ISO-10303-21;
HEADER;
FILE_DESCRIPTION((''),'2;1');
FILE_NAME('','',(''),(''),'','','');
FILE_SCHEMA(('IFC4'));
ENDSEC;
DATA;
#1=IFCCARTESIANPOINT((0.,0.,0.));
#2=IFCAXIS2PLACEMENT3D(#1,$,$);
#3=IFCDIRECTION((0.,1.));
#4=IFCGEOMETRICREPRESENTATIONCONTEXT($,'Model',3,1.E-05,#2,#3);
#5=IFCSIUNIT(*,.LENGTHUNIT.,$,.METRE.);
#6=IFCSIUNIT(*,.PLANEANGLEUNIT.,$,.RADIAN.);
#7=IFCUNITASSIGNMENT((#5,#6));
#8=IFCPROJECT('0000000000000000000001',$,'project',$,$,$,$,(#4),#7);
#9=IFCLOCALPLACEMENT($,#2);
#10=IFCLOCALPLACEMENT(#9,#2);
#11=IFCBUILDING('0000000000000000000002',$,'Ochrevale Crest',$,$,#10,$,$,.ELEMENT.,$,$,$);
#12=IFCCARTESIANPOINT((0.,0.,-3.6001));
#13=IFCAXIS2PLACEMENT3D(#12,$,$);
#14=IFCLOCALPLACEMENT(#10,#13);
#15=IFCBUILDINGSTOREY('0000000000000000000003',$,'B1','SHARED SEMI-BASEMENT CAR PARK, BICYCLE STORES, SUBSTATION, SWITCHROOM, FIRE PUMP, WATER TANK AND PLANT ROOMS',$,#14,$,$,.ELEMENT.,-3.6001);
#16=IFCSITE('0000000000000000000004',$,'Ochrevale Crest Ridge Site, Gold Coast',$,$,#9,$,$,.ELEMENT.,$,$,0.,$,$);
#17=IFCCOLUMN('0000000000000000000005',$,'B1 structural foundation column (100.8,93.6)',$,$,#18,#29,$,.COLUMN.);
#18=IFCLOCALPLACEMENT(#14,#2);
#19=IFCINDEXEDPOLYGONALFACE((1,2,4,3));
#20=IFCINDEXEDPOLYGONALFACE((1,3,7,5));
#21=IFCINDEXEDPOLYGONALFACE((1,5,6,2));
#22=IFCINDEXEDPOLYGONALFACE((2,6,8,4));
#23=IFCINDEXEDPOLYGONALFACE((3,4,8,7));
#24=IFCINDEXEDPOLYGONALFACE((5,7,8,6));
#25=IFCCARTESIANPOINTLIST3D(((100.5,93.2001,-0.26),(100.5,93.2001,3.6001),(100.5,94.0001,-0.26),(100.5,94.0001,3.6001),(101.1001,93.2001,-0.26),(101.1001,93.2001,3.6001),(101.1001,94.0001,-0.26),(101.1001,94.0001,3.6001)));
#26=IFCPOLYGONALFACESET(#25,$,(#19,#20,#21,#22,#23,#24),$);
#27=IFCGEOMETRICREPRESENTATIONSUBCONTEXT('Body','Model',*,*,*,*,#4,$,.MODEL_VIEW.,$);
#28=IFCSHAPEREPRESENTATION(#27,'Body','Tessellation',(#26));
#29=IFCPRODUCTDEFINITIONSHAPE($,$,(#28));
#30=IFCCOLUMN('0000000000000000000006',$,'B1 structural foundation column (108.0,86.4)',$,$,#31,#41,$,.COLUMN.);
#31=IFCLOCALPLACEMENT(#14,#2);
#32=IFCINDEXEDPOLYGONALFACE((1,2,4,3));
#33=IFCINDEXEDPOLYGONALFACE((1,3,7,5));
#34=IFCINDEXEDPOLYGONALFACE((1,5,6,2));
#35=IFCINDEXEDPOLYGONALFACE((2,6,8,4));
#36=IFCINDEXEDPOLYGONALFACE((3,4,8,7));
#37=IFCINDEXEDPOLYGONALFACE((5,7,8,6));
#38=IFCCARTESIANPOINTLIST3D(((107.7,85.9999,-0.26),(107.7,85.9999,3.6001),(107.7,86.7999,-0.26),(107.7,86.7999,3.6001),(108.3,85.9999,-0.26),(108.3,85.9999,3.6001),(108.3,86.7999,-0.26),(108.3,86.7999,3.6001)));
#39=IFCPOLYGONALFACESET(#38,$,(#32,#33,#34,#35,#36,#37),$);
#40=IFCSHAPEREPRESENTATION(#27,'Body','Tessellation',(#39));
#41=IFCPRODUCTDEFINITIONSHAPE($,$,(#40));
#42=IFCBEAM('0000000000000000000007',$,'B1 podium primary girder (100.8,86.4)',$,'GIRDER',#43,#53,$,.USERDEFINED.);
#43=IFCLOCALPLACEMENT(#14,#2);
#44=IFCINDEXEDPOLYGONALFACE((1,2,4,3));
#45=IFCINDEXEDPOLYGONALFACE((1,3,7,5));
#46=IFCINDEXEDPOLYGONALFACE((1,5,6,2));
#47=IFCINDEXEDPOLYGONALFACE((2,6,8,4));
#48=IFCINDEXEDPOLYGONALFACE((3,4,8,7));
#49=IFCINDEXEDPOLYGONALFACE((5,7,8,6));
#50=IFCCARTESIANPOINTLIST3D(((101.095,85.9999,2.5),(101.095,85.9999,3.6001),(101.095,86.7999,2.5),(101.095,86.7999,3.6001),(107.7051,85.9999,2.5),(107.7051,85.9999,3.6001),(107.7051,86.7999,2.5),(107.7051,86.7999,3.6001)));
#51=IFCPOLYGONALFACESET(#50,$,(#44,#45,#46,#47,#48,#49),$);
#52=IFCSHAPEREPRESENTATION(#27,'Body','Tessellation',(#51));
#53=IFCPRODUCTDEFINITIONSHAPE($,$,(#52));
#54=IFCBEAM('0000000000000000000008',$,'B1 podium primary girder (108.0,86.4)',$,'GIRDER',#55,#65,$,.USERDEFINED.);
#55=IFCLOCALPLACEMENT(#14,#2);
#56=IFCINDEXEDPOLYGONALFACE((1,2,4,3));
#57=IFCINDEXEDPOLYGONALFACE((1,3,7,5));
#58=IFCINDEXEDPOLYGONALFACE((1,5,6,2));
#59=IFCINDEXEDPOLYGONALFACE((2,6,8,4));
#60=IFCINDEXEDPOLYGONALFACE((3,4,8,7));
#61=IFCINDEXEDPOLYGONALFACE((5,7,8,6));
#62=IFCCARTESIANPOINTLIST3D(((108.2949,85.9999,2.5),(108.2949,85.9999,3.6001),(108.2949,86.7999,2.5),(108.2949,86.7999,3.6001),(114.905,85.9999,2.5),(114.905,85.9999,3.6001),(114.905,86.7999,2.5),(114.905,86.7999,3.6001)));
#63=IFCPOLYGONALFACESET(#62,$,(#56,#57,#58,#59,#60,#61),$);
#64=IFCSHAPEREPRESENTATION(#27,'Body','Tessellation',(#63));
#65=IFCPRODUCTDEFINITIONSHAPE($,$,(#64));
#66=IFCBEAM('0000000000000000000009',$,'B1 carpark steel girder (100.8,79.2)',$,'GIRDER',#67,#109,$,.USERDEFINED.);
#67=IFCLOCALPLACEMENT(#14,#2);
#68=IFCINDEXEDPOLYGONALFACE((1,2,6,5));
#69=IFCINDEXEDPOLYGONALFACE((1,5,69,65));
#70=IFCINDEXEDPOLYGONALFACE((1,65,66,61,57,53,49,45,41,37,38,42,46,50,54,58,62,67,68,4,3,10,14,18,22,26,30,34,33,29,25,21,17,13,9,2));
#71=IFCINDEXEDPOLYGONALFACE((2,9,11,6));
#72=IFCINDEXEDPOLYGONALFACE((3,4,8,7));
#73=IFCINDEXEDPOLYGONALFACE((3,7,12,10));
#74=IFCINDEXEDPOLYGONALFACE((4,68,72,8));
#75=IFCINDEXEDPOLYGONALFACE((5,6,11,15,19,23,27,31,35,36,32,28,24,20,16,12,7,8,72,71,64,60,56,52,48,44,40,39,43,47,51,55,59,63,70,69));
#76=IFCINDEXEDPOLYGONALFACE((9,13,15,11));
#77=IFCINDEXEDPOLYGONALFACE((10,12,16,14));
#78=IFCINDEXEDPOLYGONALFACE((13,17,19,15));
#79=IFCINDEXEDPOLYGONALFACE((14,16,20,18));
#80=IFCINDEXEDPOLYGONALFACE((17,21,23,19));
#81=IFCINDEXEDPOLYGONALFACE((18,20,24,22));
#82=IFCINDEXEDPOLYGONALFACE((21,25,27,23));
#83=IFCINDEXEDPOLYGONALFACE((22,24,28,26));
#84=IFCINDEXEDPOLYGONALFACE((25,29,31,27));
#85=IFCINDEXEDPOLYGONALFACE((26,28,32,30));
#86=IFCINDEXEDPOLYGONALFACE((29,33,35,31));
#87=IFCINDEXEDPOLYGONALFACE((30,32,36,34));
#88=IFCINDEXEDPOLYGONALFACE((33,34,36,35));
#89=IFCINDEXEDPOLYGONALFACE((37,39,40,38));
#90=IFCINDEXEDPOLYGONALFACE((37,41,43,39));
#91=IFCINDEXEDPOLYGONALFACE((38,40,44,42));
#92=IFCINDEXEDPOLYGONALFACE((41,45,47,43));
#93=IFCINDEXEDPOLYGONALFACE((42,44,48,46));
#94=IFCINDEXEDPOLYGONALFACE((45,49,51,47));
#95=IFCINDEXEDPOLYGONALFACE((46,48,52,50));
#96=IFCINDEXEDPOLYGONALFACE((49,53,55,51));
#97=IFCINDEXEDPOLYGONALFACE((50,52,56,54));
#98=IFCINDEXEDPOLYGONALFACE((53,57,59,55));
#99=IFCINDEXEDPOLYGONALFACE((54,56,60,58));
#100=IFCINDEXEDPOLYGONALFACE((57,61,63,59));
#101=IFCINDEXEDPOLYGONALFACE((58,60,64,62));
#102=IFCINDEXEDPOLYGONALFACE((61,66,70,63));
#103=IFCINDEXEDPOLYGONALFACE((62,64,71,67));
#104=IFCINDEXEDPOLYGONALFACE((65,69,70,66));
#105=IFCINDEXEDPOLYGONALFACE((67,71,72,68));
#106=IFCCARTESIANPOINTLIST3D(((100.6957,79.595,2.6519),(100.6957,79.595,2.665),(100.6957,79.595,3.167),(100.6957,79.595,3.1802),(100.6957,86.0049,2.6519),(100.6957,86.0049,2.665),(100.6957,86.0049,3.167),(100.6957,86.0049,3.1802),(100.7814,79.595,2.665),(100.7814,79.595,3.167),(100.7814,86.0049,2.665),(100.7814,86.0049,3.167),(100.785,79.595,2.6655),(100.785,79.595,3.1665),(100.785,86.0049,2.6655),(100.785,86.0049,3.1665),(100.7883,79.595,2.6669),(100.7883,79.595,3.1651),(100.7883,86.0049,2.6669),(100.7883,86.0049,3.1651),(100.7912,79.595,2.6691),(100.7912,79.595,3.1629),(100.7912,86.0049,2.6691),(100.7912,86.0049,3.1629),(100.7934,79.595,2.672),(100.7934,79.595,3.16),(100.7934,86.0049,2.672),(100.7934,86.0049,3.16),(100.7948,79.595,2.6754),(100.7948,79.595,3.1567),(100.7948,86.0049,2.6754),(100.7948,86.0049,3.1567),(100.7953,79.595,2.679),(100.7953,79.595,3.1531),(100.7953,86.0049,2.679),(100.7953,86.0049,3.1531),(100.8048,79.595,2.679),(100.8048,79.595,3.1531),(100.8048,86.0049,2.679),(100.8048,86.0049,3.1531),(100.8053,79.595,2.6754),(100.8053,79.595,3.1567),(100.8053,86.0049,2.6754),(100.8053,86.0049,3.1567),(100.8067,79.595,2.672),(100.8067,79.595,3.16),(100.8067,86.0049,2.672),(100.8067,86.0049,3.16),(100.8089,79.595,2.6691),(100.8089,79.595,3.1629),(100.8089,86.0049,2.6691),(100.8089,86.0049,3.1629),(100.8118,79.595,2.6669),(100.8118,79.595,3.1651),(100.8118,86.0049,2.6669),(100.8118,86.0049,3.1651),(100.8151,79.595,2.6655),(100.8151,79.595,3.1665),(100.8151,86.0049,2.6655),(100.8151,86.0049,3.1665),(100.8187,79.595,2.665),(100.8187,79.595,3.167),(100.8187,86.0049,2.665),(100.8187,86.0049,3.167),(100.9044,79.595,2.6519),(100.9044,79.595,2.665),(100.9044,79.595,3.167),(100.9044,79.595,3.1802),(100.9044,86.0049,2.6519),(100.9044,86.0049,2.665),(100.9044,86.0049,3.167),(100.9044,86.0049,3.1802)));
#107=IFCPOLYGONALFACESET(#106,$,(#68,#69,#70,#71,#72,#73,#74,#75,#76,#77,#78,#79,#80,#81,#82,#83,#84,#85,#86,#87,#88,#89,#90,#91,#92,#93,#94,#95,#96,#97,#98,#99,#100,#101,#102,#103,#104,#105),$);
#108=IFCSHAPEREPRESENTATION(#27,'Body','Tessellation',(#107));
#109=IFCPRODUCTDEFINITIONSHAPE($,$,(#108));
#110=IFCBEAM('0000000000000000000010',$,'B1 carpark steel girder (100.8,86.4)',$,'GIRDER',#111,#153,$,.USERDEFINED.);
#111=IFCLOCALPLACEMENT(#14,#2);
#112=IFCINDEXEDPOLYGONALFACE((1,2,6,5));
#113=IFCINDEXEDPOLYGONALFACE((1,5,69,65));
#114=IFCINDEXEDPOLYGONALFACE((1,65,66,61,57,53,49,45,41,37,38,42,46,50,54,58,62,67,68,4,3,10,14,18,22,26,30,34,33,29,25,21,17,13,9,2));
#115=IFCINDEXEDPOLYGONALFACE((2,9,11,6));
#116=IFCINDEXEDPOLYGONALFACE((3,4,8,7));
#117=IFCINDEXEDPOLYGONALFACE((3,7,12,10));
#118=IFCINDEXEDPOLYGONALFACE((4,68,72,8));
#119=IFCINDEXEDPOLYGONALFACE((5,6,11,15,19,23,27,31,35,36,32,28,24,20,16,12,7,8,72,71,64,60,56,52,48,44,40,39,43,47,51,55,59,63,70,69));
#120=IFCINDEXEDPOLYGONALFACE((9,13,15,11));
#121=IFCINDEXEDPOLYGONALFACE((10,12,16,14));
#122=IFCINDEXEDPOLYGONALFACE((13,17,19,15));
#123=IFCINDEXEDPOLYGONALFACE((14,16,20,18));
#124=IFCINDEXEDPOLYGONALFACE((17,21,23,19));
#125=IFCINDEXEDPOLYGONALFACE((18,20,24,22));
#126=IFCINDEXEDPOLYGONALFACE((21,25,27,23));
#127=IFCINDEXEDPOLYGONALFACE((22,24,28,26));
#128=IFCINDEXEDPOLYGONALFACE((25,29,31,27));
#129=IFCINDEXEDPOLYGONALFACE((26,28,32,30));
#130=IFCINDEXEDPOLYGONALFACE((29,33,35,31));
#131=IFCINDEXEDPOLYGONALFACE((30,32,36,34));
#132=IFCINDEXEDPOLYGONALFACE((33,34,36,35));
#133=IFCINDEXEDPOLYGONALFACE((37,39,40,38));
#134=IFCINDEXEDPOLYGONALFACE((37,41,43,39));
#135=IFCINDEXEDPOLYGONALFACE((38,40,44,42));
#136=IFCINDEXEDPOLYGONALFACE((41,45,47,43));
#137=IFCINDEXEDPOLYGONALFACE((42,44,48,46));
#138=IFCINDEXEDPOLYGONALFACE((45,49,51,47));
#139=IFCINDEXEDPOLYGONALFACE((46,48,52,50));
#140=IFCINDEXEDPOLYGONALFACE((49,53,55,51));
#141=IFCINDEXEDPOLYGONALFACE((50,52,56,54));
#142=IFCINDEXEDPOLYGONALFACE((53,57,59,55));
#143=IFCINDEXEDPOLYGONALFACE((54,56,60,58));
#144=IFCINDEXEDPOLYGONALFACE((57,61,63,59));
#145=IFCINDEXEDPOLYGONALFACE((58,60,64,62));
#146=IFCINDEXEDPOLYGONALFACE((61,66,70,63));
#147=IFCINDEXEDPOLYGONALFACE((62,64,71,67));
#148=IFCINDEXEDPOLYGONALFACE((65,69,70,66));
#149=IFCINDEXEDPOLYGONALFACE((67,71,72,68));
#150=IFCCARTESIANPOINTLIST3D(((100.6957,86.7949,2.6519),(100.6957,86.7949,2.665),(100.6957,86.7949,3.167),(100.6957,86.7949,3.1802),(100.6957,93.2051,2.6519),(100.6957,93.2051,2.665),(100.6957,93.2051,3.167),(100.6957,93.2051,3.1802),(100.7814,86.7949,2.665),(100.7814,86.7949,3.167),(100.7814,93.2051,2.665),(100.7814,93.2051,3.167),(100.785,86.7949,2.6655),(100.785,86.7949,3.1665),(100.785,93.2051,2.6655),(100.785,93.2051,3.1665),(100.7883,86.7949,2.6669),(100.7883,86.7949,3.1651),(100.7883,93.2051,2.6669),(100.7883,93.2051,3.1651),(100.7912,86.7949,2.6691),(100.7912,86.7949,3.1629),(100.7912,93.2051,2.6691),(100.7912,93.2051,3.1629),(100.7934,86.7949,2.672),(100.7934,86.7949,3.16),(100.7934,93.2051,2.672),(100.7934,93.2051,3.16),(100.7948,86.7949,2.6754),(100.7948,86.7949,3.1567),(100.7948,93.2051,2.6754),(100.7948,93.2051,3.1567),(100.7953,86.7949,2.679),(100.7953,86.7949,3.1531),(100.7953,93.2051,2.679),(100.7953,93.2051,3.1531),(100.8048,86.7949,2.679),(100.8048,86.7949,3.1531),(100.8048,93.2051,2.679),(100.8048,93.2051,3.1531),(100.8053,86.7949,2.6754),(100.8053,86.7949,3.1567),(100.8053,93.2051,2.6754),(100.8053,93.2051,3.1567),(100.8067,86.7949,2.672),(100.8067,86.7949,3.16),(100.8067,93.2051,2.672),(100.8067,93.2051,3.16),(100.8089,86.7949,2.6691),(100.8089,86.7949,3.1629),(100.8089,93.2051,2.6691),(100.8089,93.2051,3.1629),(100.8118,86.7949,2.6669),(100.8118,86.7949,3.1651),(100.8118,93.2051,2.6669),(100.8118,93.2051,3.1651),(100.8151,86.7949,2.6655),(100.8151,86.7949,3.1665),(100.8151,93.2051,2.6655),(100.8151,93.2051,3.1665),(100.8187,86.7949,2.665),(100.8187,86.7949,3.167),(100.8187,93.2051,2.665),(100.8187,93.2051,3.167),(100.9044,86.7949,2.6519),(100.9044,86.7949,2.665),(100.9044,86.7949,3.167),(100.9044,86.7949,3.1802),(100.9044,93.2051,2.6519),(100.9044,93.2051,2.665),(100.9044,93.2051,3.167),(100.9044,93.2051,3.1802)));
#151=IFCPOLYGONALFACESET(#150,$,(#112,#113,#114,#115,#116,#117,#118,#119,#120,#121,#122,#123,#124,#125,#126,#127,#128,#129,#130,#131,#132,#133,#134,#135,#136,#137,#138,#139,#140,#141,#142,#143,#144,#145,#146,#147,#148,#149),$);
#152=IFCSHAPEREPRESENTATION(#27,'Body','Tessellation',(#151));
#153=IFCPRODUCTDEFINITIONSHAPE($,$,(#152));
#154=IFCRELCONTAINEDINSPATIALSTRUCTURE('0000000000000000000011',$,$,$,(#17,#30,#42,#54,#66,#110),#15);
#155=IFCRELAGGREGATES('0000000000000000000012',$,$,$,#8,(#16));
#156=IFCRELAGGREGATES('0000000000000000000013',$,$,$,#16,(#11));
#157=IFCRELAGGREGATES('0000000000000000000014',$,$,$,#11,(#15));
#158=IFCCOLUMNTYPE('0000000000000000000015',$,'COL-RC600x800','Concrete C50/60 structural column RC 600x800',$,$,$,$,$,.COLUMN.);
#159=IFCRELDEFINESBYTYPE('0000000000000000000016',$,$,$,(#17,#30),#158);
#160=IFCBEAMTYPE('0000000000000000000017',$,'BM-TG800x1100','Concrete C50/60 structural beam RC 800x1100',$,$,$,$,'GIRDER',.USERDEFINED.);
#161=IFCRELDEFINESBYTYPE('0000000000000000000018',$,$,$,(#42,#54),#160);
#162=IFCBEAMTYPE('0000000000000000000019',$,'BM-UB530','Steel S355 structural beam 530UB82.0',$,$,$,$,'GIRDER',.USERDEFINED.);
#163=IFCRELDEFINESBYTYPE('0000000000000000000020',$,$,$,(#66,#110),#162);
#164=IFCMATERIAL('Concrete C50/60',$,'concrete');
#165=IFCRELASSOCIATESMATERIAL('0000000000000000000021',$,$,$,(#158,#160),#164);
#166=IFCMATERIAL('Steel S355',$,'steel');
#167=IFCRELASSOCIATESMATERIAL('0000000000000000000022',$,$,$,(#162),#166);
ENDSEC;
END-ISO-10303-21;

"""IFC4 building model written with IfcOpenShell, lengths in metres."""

from ifc_helpers import new_model, si_unit, direction, frame, origin, origin_2d, place, context, subcontext, project, spatial, rectangle, i_section, extrude, material, material_profile, profile_set, type_object, element, save


model = new_model("IFC4")

# Units and contexts
model_context = context("Model", 3, precision=1e-05, world=origin(), true_north=direction((0.0, 1.0)))
body_context = subcontext(model_context, "Body", "Model", "MODEL_VIEW")
ifc_project = project(units=[si_unit("LENGTHUNIT", "METRE"), si_unit("PLANEANGLEUNIT", "RADIAN")], contexts=[model_context])

# Site, building, storey
site_placement = place(None, origin())
site = spatial("IfcSite", under=ifc_project, at=site_placement, Name="Ochrevale Crest Ridge Site, Gold Coast", CompositionType="ELEMENT", RefElevation=0.0)
building_placement = place(site_placement, origin())
building = spatial("IfcBuilding", under=site, at=building_placement, Name="Ochrevale Crest", CompositionType="ELEMENT")
storey_placement = place(building_placement, frame((0.0, 0.0, -3.6001)))
storey = spatial("IfcBuildingStorey", under=building, at=storey_placement, Name="B1", Description="SHARED SEMI-BASEMENT CAR PARK, BICYCLE STORES, SUBSTATION, SWITCHROOM, FIRE PUMP, WATER TANK AND PLANT ROOMS", CompositionType="ELEMENT", Elevation=-3.6001)

# Columns
ifc_material_1 = material(Name="Concrete C50/60", Category="concrete")
ifc_material_profile_1 = material_profile(ifc_material_1, rectangle(XDim=0.6001, YDim=0.8, at=origin_2d()), Name="RC 600x800")
ifc_profile_set_1 = profile_set([ifc_material_profile_1], Name="Concrete C50/60")
column_type = type_object("IfcColumnType", Name="COL-RC600x800", Description="Concrete C50/60 structural column RC 600x800", PredefinedType="COLUMN", material=ifc_profile_set_1)
for number, where, z_axis, x_axis, name in (
    (1, (100.8, 93.6001, -0.26), (0.0, 0.0, 1.0), (1.0, 0.0, 0.0), "B1 structural foundation column (100.8,93.6)"),
    (2, (108.0, 86.3999, -0.26), (0.0, 0.0, 1.0), (1.0, 0.0, 0.0), "B1 structural foundation column (108.0,86.4)"),
):
    element("IfcColumn", number, at=place(storey_placement, frame(where, z_axis=z_axis, x_axis=x_axis)), inside=storey, type_object=column_type, Name=name, PredefinedType="COLUMN", context=body_context, shape_type="SweptSolid", body=[
        extrude(rectangle(XDim=0.6001, YDim=0.8, at=origin_2d()), origin(), (0.0, 0.0, 1.0), 3.8601),
    ])

# Beams
ifc_material_profile_2 = material_profile(ifc_material_1, rectangle(XDim=0.8, YDim=1.1001, at=origin_2d()), Name="RC 800x1100")
ifc_profile_set_2 = profile_set([ifc_material_profile_2], Name="Concrete C50/60")
beam_type_1 = type_object("IfcBeamType", Name="BM-TG800x1100", Description="Concrete C50/60 structural beam RC 800x1100", ElementType="GIRDER", PredefinedType="USERDEFINED", material=ifc_profile_set_2)
for number, where, z_axis, x_axis, name in (
    (3, (101.095, 86.3999, 3.05), (1.0, 0.0, 0.0), (0.0, 1.0, 0.0), "B1 podium primary girder (100.8,86.4)"),
    (4, (108.2949, 86.3999, 3.05), (1.0, 0.0, 0.0), (0.0, 1.0, 0.0), "B1 podium primary girder (108.0,86.4)"),
):
    element("IfcBeam", number, at=place(storey_placement, frame(where, z_axis=z_axis, x_axis=x_axis)), inside=storey, type_object=beam_type_1, Name=name, ObjectType="GIRDER", PredefinedType="USERDEFINED", context=body_context, shape_type="SweptSolid", body=[
        extrude(rectangle(XDim=0.8, YDim=1.1001, at=origin_2d()), origin(), (0.0, 0.0, 1.0), 6.6101),
    ])
ifc_material_2 = material(Name="Steel S355", Category="steel")
ifc_material_profile_3 = material_profile(ifc_material_2, i_section(OverallWidth=0.2087, OverallDepth=0.5283, WebThickness=0.0095, FlangeThickness=0.0132, FilletRadius=0.0139, at=origin_2d()), Name="530UB82.0")
ifc_profile_set_3 = profile_set([ifc_material_profile_3], Name="Steel S355")
beam_type_2 = type_object("IfcBeamType", Name="BM-UB530", Description="Steel S355 structural beam 530UB82.0", ElementType="GIRDER", PredefinedType="USERDEFINED", material=ifc_profile_set_3)
beam_1_placement = place(storey_placement, frame((100.8, 79.595, 2.916), z_axis=(0.0, 1.0, 0.0), x_axis=(-1.0, 0.0, 0.0)))
element("IfcBeam", 5, at=beam_1_placement, inside=storey, type_object=beam_type_2, Name="B1 carpark steel girder (100.8,79.2)", ObjectType="GIRDER", PredefinedType="USERDEFINED", context=body_context, shape_type="SweptSolid", body=[
    extrude(i_section(OverallWidth=0.2087, OverallDepth=0.5283, WebThickness=0.0095, FlangeThickness=0.0132, FilletRadius=0.0139, at=origin_2d()), origin(), (0.0, 0.0, 1.0), 6.4099),
])
beam_2_placement = place(storey_placement, frame((100.8, 86.7949, 2.916), z_axis=(0.0, 1.0, 0.0), x_axis=(-1.0, 0.0, 0.0)))
element("IfcBeam", 6, at=beam_2_placement, inside=storey, type_object=beam_type_2, Name="B1 carpark steel girder (100.8,86.4)", ObjectType="GIRDER", PredefinedType="USERDEFINED", context=body_context, shape_type="SweptSolid", body=[
    extrude(i_section(OverallWidth=0.2087, OverallDepth=0.5283, WebThickness=0.0095, FlangeThickness=0.0132, FilletRadius=0.0139, at=origin_2d()), origin(), (0.0, 0.0, 1.0), 6.4102),
])

save(model, "model.ifc")
